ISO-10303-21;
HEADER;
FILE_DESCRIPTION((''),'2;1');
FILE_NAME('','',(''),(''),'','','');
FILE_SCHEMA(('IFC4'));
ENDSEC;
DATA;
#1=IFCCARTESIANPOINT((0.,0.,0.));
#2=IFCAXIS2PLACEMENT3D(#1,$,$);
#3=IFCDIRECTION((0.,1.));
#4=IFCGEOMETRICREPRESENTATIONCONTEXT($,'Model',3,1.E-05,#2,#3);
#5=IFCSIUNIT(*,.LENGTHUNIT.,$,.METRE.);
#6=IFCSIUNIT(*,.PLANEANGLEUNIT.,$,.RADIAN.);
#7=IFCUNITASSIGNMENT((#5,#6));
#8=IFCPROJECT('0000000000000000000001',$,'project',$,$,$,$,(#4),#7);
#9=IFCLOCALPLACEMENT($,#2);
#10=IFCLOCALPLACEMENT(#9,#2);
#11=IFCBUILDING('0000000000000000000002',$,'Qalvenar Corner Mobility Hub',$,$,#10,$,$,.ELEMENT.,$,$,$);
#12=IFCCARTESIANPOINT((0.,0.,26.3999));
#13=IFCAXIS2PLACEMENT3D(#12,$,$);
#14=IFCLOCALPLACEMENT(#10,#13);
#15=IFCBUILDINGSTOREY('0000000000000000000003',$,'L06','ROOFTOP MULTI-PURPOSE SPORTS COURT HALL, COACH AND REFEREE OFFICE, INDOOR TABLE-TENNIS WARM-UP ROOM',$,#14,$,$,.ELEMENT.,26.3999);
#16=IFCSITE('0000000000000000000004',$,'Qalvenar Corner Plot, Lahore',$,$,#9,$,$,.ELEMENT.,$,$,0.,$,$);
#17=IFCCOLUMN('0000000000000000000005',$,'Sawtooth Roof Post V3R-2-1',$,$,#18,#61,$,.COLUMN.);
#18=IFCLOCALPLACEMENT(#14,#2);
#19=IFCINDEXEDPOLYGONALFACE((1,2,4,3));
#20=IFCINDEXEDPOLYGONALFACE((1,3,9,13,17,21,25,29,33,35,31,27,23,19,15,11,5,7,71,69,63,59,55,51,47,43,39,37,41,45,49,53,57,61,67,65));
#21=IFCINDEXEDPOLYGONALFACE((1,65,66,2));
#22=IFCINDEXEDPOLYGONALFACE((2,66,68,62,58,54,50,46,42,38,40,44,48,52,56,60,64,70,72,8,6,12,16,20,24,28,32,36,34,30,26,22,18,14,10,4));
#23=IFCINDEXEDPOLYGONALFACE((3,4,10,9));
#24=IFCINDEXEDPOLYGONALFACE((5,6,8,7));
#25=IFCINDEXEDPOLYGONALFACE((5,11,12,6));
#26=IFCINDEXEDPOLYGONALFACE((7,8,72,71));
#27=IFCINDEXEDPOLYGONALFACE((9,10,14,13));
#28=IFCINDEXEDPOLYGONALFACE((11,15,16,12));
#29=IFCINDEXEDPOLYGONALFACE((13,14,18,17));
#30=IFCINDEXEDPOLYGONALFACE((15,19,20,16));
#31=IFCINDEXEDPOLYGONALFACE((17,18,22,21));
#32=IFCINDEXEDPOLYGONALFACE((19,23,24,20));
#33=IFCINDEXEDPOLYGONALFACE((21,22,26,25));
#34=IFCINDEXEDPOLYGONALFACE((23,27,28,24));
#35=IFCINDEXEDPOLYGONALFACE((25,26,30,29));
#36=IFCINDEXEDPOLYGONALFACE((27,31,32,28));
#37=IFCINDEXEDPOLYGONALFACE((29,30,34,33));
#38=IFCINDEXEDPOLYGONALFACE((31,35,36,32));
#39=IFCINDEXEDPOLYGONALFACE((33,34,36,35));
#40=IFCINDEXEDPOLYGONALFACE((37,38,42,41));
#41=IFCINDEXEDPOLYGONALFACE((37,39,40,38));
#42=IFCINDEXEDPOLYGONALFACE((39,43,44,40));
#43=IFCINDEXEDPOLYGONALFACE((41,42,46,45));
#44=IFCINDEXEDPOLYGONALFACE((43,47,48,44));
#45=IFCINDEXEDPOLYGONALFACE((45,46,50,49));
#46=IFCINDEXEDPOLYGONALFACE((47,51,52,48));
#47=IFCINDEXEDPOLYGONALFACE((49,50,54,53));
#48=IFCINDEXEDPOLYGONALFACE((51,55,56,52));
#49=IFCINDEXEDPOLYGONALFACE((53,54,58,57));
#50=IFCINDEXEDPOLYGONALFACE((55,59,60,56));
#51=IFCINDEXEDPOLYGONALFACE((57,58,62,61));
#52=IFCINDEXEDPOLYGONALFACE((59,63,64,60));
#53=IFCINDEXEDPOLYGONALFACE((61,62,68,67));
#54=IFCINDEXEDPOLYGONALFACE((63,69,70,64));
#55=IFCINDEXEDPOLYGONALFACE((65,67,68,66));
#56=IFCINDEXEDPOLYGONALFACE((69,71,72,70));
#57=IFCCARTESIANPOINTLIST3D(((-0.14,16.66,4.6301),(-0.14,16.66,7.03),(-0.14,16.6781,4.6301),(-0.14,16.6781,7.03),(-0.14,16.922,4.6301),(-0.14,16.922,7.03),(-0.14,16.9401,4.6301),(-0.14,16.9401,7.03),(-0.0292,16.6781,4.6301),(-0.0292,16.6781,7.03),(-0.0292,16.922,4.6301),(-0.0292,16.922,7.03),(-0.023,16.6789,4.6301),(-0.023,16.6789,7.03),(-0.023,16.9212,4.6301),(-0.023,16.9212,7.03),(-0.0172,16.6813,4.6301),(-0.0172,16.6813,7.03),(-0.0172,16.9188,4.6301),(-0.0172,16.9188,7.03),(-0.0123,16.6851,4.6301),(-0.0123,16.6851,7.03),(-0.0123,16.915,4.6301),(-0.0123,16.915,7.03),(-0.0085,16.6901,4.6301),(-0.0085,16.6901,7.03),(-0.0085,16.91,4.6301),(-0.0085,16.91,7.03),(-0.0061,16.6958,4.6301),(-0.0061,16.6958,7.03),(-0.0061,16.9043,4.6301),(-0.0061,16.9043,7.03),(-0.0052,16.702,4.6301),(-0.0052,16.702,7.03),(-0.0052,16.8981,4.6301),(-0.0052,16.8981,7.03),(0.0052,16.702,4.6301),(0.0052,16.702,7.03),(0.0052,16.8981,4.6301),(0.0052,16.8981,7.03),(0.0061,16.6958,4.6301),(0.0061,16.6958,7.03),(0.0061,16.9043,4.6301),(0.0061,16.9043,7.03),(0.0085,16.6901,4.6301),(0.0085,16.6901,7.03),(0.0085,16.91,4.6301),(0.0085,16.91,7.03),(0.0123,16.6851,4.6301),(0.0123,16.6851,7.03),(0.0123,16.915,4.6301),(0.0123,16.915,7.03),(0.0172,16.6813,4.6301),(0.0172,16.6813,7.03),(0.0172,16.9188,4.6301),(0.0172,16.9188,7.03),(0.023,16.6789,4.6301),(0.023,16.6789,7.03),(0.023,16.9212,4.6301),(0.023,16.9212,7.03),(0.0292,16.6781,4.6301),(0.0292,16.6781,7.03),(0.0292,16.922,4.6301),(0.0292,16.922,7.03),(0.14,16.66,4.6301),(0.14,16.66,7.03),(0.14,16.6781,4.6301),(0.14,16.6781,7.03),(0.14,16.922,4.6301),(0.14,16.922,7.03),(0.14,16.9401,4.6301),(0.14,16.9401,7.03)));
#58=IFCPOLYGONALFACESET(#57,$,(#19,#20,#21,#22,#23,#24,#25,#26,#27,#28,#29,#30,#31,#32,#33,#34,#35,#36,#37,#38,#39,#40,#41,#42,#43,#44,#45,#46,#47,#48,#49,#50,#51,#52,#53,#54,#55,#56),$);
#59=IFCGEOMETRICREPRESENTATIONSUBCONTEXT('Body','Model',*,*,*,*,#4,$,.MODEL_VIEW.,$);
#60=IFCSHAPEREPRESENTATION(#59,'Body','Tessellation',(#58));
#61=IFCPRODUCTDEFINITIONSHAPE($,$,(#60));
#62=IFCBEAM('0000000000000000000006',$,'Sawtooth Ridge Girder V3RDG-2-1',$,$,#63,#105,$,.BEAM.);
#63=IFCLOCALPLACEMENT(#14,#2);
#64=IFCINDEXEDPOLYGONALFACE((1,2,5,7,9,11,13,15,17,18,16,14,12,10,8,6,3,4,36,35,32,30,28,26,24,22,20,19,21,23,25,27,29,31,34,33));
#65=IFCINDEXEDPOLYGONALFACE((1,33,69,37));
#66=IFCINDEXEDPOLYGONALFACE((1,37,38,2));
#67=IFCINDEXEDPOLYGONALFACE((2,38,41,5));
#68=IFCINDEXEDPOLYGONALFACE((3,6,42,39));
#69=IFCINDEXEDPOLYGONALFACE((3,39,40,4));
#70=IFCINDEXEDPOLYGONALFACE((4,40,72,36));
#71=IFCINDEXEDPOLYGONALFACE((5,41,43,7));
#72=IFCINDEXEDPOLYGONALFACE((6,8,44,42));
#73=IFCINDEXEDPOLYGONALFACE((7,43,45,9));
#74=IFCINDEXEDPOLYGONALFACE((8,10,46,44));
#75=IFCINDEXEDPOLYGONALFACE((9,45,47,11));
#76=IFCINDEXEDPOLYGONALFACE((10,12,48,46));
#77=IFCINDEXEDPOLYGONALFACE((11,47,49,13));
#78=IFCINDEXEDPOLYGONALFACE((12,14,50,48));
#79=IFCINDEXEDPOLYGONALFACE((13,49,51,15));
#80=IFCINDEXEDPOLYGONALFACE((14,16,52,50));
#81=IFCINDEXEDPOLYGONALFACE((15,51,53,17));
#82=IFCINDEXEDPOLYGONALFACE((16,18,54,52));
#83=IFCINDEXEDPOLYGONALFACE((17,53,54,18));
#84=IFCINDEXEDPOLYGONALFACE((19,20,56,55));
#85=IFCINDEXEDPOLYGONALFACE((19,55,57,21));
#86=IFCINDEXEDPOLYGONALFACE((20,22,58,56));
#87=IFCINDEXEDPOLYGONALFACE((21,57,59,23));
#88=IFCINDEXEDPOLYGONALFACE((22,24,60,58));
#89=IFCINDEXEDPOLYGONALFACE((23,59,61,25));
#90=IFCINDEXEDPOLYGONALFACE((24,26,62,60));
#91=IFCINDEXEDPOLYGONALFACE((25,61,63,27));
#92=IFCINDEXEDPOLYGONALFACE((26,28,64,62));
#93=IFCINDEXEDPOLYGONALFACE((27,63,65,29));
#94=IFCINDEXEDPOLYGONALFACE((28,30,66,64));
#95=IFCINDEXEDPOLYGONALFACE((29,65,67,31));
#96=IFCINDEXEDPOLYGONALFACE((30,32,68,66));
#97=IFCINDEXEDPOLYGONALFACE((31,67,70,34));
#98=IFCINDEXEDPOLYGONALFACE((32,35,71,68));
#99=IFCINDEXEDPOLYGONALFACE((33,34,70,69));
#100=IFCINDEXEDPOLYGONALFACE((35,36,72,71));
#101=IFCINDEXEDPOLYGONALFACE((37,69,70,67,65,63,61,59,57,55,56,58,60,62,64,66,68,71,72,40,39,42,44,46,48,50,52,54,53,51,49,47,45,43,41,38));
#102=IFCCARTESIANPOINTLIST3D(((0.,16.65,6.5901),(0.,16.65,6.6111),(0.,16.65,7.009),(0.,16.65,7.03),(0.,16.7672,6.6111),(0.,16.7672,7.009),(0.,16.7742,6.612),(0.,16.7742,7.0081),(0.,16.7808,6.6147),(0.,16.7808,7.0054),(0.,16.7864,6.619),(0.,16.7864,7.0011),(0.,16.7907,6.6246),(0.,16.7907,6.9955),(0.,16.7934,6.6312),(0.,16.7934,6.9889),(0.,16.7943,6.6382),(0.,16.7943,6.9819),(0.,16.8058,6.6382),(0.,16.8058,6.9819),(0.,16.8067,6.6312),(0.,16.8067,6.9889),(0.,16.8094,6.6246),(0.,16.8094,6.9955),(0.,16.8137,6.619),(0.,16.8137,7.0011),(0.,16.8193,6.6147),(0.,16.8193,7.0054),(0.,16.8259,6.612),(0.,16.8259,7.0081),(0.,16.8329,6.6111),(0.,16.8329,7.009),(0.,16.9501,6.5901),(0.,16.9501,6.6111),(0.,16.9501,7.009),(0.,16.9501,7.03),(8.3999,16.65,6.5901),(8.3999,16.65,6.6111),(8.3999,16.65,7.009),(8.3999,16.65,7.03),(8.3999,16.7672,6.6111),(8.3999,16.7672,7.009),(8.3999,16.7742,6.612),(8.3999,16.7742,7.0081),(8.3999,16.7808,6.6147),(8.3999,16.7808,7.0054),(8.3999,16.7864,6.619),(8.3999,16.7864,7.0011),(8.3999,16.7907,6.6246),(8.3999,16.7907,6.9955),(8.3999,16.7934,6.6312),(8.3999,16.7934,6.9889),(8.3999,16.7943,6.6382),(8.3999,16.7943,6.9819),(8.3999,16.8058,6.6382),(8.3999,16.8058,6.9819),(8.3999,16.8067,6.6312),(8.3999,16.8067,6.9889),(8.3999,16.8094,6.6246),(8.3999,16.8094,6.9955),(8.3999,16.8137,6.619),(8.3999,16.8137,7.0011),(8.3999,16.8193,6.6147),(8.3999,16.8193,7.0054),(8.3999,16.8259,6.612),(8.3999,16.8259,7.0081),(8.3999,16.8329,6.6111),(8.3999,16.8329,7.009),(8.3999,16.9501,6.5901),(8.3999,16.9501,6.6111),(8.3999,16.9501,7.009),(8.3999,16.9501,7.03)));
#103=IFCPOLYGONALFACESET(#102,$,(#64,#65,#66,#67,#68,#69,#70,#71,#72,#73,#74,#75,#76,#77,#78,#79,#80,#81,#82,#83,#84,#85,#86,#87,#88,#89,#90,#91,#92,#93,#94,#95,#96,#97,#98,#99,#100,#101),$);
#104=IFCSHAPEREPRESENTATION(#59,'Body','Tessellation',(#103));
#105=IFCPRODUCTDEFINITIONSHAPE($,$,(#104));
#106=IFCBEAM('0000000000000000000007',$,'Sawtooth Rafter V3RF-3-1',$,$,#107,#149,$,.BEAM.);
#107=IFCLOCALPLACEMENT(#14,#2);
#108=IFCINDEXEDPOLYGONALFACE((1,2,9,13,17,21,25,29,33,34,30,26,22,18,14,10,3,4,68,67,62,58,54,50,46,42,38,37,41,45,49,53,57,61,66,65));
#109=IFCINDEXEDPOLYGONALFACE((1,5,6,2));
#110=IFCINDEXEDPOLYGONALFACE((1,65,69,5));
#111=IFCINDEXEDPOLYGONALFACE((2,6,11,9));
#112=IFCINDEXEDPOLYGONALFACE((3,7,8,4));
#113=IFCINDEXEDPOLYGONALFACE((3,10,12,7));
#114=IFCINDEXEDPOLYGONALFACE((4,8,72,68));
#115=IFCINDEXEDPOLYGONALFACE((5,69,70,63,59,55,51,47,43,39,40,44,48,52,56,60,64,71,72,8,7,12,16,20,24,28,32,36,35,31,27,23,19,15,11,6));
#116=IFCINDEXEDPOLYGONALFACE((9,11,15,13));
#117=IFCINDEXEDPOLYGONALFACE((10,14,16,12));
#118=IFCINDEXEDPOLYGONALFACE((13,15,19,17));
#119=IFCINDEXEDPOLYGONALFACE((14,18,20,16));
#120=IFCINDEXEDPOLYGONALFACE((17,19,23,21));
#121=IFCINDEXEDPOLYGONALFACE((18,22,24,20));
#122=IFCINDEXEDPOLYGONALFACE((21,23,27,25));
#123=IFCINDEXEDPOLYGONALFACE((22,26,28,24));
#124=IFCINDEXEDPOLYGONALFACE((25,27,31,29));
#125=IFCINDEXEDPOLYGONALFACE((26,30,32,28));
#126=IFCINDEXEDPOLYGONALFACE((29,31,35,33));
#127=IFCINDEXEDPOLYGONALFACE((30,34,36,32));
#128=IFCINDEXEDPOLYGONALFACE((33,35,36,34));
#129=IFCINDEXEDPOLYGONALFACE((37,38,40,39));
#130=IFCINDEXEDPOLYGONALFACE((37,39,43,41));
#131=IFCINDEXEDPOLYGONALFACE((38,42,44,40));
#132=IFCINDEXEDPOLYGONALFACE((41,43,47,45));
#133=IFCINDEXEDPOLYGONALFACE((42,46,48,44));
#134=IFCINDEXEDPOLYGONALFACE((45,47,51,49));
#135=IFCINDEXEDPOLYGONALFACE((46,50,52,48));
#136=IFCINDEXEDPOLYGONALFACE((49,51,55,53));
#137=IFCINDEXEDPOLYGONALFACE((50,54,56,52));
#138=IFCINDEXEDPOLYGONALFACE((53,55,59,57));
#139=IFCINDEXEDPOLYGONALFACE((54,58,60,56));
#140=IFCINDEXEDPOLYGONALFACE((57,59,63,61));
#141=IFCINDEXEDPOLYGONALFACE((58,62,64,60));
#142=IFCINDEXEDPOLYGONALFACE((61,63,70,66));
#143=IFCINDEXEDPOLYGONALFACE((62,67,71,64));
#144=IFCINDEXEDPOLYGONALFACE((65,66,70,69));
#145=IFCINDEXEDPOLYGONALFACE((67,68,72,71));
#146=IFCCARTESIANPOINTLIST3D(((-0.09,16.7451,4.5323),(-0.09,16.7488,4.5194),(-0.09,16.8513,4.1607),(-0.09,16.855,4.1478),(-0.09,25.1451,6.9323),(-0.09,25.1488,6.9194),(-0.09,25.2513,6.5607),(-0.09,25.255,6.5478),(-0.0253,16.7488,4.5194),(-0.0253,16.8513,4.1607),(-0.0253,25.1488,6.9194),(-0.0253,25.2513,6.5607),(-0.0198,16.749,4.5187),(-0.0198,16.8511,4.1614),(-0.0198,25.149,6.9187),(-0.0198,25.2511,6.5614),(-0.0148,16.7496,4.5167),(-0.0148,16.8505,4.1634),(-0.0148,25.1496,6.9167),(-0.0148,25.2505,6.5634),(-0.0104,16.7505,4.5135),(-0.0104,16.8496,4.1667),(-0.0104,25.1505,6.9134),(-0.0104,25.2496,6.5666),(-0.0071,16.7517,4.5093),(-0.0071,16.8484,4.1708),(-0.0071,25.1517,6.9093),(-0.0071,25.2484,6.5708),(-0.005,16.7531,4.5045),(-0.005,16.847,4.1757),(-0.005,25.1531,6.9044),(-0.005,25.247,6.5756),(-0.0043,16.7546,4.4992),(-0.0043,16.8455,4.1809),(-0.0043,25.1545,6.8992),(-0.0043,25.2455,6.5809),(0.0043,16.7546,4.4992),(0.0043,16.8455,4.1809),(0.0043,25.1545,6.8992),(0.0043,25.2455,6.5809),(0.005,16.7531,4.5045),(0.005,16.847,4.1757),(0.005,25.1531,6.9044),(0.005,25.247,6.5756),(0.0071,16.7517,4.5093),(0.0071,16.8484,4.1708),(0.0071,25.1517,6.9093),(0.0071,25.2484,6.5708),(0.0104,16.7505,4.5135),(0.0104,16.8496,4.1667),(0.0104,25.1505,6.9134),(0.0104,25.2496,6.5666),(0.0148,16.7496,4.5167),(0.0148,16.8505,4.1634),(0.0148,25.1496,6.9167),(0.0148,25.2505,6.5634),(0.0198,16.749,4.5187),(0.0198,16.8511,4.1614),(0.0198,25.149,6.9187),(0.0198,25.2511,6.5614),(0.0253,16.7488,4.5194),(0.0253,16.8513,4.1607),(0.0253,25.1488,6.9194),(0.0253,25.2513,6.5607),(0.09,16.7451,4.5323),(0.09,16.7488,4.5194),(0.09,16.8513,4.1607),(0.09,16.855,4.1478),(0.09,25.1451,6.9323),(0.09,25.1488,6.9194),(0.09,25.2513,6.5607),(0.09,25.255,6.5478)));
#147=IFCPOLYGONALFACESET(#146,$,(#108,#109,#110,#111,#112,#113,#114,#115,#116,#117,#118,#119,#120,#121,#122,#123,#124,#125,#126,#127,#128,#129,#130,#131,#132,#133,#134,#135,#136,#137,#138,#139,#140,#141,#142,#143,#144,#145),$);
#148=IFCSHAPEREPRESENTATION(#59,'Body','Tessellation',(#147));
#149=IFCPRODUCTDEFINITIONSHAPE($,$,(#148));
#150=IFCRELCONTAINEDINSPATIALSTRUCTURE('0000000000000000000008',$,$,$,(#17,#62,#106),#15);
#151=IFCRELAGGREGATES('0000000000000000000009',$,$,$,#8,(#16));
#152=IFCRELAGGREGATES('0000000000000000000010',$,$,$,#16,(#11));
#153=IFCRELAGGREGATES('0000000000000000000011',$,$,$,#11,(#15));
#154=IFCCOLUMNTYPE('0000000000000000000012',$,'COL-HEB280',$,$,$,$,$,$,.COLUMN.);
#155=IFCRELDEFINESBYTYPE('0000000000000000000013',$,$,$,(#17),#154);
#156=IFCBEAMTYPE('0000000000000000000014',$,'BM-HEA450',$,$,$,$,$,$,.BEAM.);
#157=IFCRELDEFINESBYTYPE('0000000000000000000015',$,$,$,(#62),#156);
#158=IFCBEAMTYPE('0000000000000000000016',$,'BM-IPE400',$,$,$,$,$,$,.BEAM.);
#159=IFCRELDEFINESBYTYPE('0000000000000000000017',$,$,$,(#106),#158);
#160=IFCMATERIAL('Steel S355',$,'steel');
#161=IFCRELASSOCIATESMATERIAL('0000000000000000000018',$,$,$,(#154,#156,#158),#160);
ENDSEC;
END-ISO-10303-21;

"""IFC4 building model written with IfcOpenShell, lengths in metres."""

from ifc_helpers import new_model, si_unit, direction, frame, origin, origin_2d, place, context, subcontext, project, spatial, i_section, extrude, material, material_profile, profile_set, type_object, element, save


model = new_model("IFC4")

# Units and contexts
model_context = context("Model", 3, precision=1e-05, world=origin(), true_north=direction((0.0, 1.0)))
body_context = subcontext(model_context, "Body", "Model", "MODEL_VIEW")
ifc_project = project(units=[si_unit("LENGTHUNIT", "METRE"), si_unit("PLANEANGLEUNIT", "RADIAN")], contexts=[model_context])

# Site, building, storey
site_placement = place(None, origin())
site = spatial("IfcSite", under=ifc_project, at=site_placement, Name="Qalvenar Corner Plot, Lahore", CompositionType="ELEMENT", RefElevation=0.0)
building_placement = place(site_placement, origin())
building = spatial("IfcBuilding", under=site, at=building_placement, Name="Qalvenar Corner Mobility Hub", CompositionType="ELEMENT")
storey_placement = place(building_placement, frame((0.0, 0.0, 26.3999)))
storey = spatial("IfcBuildingStorey", under=building, at=storey_placement, Name="L06", Description="ROOFTOP MULTI-PURPOSE SPORTS COURT HALL, COACH AND REFEREE OFFICE, INDOOR TABLE-TENNIS WARM-UP ROOM", CompositionType="ELEMENT", Elevation=26.3999)

# Column
ifc_material_1 = material(Name="Steel S355", Category="steel")
ifc_material_profile_1 = material_profile(ifc_material_1, i_section(OverallWidth=0.28, OverallDepth=0.28, WebThickness=0.0105, FlangeThickness=0.0181, FilletRadius=0.0239, at=origin_2d()), Name="HEB280")
ifc_profile_set_1 = profile_set([ifc_material_profile_1], Name="Steel S355")
column_type = type_object("IfcColumnType", Name="COL-HEB280", PredefinedType="COLUMN", material=ifc_profile_set_1)
column_placement = place(storey_placement, frame((0.0, 16.8, 4.6301), z_axis=(0.0, 0.0, 1.0), x_axis=(1.0, 0.0, 0.0)))
element("IfcColumn", 1, at=column_placement, inside=storey, type_object=column_type, Name="Sawtooth Roof Post V3R-2-1", PredefinedType="COLUMN", context=body_context, shape_type="SweptSolid", body=[
    extrude(i_section(OverallWidth=0.28, OverallDepth=0.28, WebThickness=0.0105, FlangeThickness=0.0181, FilletRadius=0.0239, at=origin_2d()), origin(), (0.0, 0.0, 1.0), 2.3999),
])

# Beams
ifc_material_profile_2 = material_profile(ifc_material_1, i_section(OverallWidth=0.3, OverallDepth=0.4399, WebThickness=0.0115, FlangeThickness=0.021, FilletRadius=0.0271, at=origin_2d()), Name="HEA450")
ifc_profile_set_2 = profile_set([ifc_material_profile_2], Name="Steel S355")
beam_type_1 = type_object("IfcBeamType", Name="BM-HEA450", PredefinedType="BEAM", material=ifc_profile_set_2)
beam_1_placement = place(storey_placement, frame((0.0, 16.8, 6.8101), z_axis=(1.0, 0.0, 0.0), x_axis=(0.0, 1.0, 0.0)))
element("IfcBeam", 2, at=beam_1_placement, inside=storey, type_object=beam_type_1, Name="Sawtooth Ridge Girder V3RDG-2-1", PredefinedType="BEAM", context=body_context, shape_type="SweptSolid", body=[
    extrude(i_section(OverallWidth=0.3, OverallDepth=0.4399, WebThickness=0.0115, FlangeThickness=0.021, FilletRadius=0.0271, at=origin_2d()), origin(), (0.0, 0.0, 1.0), 8.3999),
])
ifc_material_profile_3 = material_profile(ifc_material_1, i_section(OverallWidth=0.1799, OverallDepth=0.3999, WebThickness=0.0085, FlangeThickness=0.0134, FilletRadius=0.021, at=origin_2d()), Name="IPE400")
ifc_profile_set_3 = profile_set([ifc_material_profile_3], Name="Steel S355")
beam_type_2 = type_object("IfcBeamType", Name="BM-IPE400", PredefinedType="BEAM", material=ifc_profile_set_3)
beam_2_placement = place(storey_placement, frame((0.0, 16.8, 4.3401), z_axis=(0.0, 0.961526, 0.274714), x_axis=(-1.0, 0.0, 0.0)))
element("IfcBeam", 3, at=beam_2_placement, inside=storey, type_object=beam_type_2, Name="Sawtooth Rafter V3RF-3-1", PredefinedType="BEAM", context=body_context, shape_type="SweptSolid", body=[
    extrude(i_section(OverallWidth=0.1799, OverallDepth=0.3999, WebThickness=0.0085, FlangeThickness=0.0134, FilletRadius=0.021, at=origin_2d()), origin(), (0.0, 0.0, 1.0), 8.7361),
])

save(model, "model.ifc")
